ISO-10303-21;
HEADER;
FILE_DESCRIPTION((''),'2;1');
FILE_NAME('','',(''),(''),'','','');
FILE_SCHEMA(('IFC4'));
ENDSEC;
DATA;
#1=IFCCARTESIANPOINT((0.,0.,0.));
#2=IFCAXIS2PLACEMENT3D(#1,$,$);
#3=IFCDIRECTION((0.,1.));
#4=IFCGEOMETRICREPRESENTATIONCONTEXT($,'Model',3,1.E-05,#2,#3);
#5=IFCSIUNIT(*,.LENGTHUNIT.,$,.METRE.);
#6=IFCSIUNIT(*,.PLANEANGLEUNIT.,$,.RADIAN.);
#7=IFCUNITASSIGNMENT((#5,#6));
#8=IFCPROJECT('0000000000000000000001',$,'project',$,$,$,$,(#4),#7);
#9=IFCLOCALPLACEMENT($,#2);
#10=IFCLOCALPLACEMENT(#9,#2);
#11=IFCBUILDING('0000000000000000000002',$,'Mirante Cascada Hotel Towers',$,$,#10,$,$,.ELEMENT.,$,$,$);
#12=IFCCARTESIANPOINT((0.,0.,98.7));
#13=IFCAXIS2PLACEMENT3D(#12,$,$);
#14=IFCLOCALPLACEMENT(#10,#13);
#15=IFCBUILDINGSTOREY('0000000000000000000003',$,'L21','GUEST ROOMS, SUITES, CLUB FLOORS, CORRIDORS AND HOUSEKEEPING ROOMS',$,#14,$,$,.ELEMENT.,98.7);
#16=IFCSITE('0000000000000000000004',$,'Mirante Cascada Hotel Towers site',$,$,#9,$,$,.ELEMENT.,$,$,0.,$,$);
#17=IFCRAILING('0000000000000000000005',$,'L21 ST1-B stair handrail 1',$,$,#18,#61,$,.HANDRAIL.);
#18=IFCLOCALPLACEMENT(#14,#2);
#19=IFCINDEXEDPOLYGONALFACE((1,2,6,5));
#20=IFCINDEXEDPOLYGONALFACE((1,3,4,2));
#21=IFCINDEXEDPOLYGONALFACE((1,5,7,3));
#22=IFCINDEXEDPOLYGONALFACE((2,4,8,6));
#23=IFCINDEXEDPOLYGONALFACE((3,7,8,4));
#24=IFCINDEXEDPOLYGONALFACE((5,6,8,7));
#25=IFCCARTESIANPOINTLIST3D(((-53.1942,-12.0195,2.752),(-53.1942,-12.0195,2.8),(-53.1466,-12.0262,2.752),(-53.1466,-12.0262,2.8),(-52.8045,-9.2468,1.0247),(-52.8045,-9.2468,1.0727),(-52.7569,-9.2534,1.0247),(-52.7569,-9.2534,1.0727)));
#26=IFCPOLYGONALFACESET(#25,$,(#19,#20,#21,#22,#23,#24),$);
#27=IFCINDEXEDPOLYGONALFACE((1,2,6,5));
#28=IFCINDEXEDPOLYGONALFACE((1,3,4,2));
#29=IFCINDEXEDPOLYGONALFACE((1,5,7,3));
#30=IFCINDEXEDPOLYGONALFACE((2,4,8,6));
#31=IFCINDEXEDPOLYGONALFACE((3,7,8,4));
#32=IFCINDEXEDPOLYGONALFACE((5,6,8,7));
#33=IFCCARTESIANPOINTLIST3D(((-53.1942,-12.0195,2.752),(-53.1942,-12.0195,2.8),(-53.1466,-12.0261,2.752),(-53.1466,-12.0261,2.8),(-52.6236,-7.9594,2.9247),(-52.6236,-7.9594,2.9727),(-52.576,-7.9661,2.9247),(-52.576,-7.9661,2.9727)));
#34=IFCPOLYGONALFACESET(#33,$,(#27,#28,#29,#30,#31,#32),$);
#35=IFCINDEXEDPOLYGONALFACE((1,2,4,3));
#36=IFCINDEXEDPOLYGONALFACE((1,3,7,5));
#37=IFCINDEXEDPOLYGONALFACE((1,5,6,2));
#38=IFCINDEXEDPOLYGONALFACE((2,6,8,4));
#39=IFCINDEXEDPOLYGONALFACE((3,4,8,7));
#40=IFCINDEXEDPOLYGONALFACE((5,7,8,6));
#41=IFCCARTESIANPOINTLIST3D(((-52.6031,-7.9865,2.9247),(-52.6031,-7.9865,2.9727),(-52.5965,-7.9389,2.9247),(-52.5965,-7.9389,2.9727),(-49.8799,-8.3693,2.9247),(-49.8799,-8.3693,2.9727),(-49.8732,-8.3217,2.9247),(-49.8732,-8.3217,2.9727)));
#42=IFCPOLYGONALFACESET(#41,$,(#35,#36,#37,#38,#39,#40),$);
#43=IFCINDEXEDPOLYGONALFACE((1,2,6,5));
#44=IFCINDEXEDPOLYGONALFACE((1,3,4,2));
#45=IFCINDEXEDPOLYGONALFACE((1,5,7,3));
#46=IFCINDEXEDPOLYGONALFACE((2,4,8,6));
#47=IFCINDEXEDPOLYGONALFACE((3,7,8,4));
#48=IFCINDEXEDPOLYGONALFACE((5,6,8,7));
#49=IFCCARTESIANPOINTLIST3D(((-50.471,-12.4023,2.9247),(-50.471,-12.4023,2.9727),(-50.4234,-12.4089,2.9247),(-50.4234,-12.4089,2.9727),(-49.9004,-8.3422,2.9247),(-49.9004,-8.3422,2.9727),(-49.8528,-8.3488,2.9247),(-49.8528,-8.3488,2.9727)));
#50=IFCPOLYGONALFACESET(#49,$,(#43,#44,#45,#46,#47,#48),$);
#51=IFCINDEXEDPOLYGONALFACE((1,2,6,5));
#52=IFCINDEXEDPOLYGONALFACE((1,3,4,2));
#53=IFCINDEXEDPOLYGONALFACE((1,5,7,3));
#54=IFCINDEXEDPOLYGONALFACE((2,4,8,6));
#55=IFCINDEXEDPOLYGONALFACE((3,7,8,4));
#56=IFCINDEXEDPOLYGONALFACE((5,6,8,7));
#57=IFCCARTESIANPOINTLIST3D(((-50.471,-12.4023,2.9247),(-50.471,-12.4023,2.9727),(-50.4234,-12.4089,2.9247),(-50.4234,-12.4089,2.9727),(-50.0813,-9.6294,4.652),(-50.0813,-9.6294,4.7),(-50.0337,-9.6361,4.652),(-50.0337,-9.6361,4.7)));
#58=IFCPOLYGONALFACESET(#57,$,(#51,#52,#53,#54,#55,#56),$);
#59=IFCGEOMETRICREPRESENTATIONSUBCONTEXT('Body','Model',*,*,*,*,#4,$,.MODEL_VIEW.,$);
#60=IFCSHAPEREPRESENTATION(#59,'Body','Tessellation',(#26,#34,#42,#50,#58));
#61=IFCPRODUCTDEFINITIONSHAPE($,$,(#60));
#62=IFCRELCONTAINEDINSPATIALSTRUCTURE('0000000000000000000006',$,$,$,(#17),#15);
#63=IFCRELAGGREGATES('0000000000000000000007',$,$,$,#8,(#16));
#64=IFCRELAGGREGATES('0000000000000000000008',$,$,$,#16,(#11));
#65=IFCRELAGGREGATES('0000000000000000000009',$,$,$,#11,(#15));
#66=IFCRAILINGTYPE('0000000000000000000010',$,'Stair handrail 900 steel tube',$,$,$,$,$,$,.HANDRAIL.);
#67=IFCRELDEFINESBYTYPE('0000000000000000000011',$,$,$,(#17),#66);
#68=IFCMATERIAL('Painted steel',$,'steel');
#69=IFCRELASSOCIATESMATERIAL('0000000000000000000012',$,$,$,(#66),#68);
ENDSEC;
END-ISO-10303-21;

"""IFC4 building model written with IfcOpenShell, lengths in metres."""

from ifc_helpers import new_model, si_unit, direction, frame, origin, origin_2d, place, context, subcontext, project, spatial, rectangle, extrude, material, type_object, element, save


model = new_model("IFC4")

# Units and contexts
model_context = context("Model", 3, precision=1e-05, world=origin(), true_north=direction((0.0, 1.0)))
body_context = subcontext(model_context, "Body", "Model", "MODEL_VIEW")
ifc_project = project(units=[si_unit("LENGTHUNIT", "METRE"), si_unit("PLANEANGLEUNIT", "RADIAN")], contexts=[model_context])

# Site, building, storey
site_placement = place(None, origin())
site = spatial("IfcSite", under=ifc_project, at=site_placement, Name="Mirante Cascada Hotel Towers site", CompositionType="ELEMENT", RefElevation=0.0)
building_placement = place(site_placement, origin())
building = spatial("IfcBuilding", under=site, at=building_placement, Name="Mirante Cascada Hotel Towers", CompositionType="ELEMENT")
storey_placement = place(building_placement, frame((0.0, 0.0, 98.7)))
storey = spatial("IfcBuildingStorey", under=building, at=storey_placement, Name="L21", Description="GUEST ROOMS, SUITES, CLUB FLOORS, CORRIDORS AND HOUSEKEEPING ROOMS", CompositionType="ELEMENT", Elevation=98.7)

# Railing
ifc_material_1 = material(Name="Painted steel", Category="steel")
railing_type_1 = type_object("IfcRailingType", Name="Stair handrail 900 steel tube", PredefinedType="HANDRAIL", material=ifc_material_1)
railing_1_placement = place(storey_placement, frame((-52.7807, -9.2501, 0.1727)))
element("IfcRailing", 1, at=railing_1_placement, inside=storey, type_object=railing_type_1, Name="L21 ST1-B stair handrail 1", PredefinedType="HANDRAIL", context=body_context, shape_type="SweptSolid", body=[
    extrude(rectangle(XDim=0.048, YDim=0.048, at=origin_2d()), frame((0.0, 0.0, 0.876), z_axis=(-0.139181, -0.990267, 0.0), x_axis=(0.990267, -0.139181, 0.0)), (0.0, 0.525035, 0.851081), 3.2899),
    extrude(rectangle(XDim=0.048, YDim=0.048, at=origin_2d()), frame((-0.3897, -2.7727, 2.6033), z_axis=(0.139171, 0.990268, 0.0), x_axis=(-0.990268, 0.139171, 0.0)), (0.0, 0.042085, 0.999114), 4.1036),
    extrude(rectangle(XDim=0.048, YDim=0.048, at=origin_2d()), frame((0.1809, 1.2874, 2.776), z_axis=(0.990264, -0.139201, 0.0), x_axis=(0.139201, 0.990264, 0.0)), (0.0, 0.0, 1.0), 2.75),
    extrude(rectangle(XDim=0.048, YDim=0.048, at=origin_2d()), frame((2.9041, 0.9046, 2.776), z_axis=(-0.139171, -0.990268, 0.0), x_axis=(0.990268, -0.139171, 0.0)), (0.0, 0.0, 1.0), 4.1),
    extrude(rectangle(XDim=0.048, YDim=0.048, at=origin_2d()), frame((2.3335, -3.1555, 2.776), z_axis=(0.139176, 0.990268, 0.0), x_axis=(-0.990268, 0.139176, 0.0)), (0.0, 0.525021, 0.851089), 3.29),
])

save(model, "model.ifc")
